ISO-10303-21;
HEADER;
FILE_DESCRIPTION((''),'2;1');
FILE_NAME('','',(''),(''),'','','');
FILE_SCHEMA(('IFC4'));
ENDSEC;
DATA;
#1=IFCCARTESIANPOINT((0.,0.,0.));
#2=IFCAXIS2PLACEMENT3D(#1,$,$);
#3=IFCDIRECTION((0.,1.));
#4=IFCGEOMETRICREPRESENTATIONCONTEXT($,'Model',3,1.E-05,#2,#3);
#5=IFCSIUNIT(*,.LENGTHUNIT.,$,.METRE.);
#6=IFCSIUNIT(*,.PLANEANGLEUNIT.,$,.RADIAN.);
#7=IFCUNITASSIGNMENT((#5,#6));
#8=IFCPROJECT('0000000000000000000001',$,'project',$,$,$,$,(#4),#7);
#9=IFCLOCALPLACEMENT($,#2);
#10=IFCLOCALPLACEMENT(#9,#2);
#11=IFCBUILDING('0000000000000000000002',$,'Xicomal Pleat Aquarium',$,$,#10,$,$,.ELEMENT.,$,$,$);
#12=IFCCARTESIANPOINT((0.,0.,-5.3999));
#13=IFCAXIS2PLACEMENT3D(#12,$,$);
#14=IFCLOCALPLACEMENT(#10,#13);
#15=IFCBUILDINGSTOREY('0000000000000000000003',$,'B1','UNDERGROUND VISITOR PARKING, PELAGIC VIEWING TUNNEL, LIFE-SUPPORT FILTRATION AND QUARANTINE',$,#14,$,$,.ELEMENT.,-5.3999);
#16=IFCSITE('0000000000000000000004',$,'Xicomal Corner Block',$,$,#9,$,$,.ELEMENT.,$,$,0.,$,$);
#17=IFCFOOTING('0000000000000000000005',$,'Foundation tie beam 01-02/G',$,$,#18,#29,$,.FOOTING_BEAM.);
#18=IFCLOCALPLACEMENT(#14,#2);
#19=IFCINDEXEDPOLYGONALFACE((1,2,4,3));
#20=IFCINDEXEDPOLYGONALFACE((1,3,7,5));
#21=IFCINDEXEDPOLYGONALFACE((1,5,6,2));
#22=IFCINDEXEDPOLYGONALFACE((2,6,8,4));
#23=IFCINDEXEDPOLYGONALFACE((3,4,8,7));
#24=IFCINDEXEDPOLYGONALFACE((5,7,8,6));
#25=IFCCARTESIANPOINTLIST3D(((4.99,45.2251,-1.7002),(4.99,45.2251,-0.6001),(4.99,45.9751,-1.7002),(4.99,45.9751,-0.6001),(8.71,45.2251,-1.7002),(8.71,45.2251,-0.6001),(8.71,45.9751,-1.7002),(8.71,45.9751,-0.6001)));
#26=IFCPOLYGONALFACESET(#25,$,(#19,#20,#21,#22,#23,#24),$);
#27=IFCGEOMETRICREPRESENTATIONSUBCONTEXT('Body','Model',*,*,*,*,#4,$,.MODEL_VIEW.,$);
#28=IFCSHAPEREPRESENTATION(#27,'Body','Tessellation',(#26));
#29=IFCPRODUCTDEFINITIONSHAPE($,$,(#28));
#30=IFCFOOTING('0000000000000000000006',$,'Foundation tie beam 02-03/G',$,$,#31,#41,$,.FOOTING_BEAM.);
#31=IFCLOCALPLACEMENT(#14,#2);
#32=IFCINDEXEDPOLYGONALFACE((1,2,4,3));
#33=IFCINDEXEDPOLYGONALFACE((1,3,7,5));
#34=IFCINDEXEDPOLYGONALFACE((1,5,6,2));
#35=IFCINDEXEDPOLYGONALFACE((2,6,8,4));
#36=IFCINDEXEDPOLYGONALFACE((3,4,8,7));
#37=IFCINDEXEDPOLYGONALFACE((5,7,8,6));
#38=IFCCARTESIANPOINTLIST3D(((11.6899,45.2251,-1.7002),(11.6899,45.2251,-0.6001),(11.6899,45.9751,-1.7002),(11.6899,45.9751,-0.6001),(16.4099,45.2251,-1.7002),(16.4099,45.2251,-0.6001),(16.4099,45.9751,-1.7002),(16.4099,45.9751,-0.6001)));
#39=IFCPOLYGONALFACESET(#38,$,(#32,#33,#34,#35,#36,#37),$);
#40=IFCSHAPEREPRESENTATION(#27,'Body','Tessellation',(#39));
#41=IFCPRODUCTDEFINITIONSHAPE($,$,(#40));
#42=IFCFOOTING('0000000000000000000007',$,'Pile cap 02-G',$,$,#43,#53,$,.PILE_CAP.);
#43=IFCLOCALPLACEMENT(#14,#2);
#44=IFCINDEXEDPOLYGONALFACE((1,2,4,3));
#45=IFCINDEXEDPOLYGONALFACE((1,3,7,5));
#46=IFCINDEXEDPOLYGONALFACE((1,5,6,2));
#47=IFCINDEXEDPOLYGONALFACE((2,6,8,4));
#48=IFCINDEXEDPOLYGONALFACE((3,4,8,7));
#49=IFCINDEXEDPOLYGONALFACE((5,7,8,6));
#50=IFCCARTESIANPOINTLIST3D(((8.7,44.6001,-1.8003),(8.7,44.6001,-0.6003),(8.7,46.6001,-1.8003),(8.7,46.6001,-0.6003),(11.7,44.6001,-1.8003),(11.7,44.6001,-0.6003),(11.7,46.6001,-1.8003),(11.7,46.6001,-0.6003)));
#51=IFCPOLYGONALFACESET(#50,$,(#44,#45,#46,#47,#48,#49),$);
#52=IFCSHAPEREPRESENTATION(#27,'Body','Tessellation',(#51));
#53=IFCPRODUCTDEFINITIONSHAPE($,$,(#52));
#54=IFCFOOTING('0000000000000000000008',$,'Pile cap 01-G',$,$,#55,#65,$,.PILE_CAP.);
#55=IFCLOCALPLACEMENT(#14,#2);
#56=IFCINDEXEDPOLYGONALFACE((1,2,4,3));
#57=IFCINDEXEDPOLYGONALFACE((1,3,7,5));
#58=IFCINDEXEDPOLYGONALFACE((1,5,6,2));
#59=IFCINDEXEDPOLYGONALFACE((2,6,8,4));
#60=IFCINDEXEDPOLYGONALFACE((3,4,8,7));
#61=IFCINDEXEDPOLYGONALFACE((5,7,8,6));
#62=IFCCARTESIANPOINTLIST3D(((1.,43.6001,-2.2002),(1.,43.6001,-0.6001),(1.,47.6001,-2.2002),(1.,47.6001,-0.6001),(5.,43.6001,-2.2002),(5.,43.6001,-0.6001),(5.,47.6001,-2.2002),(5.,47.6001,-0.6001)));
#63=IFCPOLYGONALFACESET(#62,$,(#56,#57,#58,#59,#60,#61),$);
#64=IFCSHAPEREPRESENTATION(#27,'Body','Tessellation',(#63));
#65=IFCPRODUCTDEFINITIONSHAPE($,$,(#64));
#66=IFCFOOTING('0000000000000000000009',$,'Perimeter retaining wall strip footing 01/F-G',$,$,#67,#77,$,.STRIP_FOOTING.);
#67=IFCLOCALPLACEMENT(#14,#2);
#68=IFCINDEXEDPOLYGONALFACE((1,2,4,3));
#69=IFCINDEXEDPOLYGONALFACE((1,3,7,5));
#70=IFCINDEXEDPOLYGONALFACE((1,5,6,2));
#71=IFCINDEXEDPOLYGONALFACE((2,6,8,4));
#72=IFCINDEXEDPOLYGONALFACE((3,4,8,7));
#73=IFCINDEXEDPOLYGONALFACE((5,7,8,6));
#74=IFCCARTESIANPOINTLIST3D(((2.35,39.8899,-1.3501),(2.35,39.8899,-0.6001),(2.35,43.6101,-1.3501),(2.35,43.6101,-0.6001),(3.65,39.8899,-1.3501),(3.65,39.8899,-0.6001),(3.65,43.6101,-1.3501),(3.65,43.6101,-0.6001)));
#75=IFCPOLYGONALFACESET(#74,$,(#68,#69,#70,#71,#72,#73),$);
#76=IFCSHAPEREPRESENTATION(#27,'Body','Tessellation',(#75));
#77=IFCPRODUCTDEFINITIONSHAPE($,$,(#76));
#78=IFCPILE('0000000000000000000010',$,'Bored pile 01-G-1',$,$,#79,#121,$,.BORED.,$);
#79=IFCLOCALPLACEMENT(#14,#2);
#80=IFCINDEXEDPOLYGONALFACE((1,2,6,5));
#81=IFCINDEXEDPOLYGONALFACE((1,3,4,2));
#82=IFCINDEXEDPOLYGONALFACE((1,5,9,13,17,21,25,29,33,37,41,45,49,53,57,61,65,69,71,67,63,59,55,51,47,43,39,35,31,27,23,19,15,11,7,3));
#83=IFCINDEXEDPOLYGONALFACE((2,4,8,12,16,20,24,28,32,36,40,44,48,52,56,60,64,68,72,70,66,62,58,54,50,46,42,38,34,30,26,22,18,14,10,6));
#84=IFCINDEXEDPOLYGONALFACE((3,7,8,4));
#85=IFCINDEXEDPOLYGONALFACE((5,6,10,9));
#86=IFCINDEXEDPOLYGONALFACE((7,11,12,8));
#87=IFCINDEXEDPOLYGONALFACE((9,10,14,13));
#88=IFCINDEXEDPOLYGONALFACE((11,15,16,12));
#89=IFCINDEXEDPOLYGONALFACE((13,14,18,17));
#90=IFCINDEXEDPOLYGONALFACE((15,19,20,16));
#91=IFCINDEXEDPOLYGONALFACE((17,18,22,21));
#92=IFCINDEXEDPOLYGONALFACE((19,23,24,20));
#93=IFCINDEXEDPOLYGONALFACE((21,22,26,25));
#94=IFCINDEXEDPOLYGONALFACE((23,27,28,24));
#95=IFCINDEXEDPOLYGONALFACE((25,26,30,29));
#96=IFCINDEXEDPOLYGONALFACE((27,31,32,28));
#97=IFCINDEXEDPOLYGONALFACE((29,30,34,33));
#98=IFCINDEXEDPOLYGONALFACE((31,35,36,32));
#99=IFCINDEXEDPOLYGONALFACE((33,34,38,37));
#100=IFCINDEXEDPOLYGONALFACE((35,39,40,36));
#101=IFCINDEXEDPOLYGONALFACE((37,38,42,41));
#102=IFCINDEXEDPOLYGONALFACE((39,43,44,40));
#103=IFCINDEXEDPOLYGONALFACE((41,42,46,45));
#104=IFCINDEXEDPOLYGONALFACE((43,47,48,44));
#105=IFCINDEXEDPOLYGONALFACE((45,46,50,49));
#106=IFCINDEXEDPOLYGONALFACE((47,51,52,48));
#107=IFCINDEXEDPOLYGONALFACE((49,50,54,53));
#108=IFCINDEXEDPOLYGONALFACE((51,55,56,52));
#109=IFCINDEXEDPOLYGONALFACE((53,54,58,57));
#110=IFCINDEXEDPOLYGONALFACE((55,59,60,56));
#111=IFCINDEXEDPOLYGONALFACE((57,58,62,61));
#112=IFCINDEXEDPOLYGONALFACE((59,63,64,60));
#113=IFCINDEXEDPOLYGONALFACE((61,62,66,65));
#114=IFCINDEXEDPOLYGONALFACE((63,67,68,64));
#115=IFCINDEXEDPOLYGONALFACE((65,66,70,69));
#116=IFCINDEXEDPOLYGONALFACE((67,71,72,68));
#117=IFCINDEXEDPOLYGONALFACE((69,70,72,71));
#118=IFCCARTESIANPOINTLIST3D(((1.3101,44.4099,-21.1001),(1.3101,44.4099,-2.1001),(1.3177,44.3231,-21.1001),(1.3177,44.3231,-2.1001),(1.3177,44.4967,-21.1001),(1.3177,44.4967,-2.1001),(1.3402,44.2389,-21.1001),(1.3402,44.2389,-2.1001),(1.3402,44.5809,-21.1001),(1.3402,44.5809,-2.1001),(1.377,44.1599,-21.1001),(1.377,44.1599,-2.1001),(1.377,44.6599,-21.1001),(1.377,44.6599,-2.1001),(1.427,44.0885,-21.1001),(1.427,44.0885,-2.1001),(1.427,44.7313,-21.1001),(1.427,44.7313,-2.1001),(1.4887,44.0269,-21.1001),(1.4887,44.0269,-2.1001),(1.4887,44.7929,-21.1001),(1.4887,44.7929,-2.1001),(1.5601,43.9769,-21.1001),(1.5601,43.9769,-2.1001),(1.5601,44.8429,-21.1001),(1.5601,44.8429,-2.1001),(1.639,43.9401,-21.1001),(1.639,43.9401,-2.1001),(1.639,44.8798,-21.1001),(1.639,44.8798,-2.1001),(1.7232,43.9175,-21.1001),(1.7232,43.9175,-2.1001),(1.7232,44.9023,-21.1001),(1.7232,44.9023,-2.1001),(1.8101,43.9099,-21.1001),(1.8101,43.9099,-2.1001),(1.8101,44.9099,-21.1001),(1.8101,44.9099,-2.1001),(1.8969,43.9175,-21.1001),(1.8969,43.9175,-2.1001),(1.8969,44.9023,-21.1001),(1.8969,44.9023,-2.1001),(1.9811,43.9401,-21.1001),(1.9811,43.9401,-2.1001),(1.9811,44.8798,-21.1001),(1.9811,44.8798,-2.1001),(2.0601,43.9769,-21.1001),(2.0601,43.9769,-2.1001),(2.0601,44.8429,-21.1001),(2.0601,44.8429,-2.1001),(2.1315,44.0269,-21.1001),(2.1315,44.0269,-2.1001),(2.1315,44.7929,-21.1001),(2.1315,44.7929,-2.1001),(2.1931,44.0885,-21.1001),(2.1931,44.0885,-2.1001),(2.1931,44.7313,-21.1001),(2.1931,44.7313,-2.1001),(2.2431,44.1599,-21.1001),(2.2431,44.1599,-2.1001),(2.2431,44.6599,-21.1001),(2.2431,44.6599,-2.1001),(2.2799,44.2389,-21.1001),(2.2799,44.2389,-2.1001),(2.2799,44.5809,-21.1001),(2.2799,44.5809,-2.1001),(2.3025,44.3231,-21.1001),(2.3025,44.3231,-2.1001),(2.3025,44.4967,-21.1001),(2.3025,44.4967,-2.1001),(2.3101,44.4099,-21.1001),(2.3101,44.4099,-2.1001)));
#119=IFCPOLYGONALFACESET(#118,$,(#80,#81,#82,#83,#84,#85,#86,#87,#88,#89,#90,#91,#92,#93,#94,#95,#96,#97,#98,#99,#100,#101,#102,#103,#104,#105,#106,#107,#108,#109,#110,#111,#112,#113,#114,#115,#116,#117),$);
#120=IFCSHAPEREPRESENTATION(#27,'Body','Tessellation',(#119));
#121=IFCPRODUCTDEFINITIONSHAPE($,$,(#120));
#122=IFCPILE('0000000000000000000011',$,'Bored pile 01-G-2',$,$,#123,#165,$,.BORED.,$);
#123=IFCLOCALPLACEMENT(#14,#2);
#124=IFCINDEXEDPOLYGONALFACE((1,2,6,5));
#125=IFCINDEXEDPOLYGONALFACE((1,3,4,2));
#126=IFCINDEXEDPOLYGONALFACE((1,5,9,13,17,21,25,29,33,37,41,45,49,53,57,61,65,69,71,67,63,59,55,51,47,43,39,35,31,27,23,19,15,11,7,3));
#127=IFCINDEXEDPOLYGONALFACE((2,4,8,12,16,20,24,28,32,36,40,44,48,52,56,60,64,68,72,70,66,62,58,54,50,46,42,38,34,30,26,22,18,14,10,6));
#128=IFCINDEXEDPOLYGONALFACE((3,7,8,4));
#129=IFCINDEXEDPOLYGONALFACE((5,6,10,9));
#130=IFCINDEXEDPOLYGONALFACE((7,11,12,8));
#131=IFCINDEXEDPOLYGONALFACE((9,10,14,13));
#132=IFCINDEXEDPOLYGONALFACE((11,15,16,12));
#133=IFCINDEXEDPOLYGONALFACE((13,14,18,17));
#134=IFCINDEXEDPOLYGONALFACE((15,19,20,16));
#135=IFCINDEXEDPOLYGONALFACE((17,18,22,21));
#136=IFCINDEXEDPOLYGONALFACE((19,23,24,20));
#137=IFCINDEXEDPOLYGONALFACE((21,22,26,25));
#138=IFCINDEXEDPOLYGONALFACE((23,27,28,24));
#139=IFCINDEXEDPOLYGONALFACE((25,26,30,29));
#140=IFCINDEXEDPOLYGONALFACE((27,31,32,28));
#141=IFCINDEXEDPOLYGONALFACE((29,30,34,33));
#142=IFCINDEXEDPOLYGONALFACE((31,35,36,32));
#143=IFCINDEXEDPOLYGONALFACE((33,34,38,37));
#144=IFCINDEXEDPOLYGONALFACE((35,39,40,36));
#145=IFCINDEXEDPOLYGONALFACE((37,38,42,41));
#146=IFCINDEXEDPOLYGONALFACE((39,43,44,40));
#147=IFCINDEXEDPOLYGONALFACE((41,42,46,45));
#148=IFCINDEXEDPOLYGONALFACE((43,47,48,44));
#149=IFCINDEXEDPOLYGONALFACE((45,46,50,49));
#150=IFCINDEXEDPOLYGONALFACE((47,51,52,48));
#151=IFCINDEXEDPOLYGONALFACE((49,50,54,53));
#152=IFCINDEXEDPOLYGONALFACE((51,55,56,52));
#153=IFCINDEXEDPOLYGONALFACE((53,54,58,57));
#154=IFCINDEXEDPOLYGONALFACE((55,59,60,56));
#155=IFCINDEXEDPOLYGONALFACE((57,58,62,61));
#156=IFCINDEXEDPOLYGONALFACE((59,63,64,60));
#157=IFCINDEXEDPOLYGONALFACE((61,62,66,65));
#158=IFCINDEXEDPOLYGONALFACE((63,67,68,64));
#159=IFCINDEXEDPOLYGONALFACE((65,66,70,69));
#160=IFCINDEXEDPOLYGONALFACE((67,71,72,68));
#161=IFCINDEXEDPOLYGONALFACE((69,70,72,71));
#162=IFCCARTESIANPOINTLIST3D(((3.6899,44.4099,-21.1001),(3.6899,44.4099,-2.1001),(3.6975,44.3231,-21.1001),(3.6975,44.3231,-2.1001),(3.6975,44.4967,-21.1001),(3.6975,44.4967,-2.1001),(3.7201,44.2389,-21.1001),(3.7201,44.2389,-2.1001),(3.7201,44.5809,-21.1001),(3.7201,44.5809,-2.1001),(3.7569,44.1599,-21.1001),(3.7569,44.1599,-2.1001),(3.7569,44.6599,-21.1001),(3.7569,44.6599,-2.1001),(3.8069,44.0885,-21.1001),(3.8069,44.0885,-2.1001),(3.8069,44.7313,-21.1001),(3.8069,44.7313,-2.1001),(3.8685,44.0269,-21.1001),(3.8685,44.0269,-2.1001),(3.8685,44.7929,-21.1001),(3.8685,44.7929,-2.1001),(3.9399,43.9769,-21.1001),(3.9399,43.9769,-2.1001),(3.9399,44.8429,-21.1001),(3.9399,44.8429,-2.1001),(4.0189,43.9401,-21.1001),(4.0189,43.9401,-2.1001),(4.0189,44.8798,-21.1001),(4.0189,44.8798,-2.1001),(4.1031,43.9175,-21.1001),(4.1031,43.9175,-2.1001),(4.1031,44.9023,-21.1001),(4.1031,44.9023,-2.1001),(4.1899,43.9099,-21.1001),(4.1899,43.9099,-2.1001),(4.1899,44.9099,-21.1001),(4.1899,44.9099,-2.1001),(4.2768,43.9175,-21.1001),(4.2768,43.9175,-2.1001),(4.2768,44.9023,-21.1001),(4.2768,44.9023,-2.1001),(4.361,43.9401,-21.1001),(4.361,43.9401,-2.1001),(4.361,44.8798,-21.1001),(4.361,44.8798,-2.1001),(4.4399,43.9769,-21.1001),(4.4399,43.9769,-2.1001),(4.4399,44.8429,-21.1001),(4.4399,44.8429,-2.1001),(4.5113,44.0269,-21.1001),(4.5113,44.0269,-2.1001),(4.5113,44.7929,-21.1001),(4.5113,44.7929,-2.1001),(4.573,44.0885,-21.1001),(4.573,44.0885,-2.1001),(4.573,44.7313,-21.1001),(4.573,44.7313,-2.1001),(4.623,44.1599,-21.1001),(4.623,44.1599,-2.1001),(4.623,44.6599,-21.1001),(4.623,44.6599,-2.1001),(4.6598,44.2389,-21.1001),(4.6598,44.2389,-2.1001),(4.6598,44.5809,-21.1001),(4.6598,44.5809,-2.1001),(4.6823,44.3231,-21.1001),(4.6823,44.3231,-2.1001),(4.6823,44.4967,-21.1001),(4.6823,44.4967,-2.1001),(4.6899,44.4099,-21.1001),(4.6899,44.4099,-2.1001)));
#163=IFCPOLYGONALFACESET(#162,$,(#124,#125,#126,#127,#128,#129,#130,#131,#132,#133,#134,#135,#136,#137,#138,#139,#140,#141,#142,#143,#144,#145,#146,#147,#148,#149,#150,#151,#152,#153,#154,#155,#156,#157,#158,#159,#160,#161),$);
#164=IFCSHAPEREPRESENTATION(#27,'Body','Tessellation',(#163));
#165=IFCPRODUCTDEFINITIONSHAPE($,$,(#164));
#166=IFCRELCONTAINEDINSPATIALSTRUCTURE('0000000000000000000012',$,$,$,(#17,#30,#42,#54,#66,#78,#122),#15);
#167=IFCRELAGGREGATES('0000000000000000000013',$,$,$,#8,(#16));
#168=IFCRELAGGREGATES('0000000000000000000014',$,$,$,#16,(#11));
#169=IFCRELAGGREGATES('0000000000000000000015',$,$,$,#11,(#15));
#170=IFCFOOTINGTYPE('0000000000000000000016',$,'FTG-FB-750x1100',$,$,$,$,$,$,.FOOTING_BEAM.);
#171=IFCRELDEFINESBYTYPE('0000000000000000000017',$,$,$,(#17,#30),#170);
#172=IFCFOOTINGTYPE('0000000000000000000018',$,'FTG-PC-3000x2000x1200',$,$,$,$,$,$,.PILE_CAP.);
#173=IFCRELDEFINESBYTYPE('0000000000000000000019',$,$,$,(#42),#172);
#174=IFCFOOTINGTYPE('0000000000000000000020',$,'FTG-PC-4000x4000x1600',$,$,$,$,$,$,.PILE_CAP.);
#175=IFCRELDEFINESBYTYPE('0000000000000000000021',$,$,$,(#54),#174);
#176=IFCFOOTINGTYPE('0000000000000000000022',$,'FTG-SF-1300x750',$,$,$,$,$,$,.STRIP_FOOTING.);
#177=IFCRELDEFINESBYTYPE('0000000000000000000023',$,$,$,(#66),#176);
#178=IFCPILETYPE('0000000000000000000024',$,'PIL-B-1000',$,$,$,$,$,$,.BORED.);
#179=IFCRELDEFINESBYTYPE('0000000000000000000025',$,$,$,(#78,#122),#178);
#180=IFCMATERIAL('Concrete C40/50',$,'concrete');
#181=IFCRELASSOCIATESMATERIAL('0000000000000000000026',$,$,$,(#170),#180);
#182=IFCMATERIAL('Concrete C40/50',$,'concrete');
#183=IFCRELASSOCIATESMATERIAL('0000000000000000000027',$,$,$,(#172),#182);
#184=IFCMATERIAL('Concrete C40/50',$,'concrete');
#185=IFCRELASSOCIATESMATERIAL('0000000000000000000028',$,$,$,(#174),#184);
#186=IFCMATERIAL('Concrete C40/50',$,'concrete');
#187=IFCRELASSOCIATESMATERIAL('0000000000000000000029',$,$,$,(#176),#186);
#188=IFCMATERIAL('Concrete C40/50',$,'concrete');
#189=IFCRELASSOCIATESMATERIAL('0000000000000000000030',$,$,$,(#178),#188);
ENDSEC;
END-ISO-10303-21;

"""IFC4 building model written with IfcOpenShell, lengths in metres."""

from ifc_helpers import new_model, si_unit, direction, frame, origin, origin_2d, place, context, subcontext, project, spatial, rectangle, circle, extrude, material, material_profile, profile_set, type_object, element, save


model = new_model("IFC4")

# Units and contexts
model_context = context("Model", 3, precision=1e-05, world=origin(), true_north=direction((0.0, 1.0)))
body_context = subcontext(model_context, "Body", "Model", "MODEL_VIEW")
ifc_project = project(units=[si_unit("LENGTHUNIT", "METRE"), si_unit("PLANEANGLEUNIT", "RADIAN")], contexts=[model_context])

# Site, building, storey
site_placement = place(None, origin())
site = spatial("IfcSite", under=ifc_project, at=site_placement, Name="Xicomal Corner Block", CompositionType="ELEMENT", RefElevation=0.0)
building_placement = place(site_placement, origin())
building = spatial("IfcBuilding", under=site, at=building_placement, Name="Xicomal Pleat Aquarium", CompositionType="ELEMENT")
storey_placement = place(building_placement, frame((0.0, 0.0, -5.3999)))
storey = spatial("IfcBuildingStorey", under=building, at=storey_placement, Name="B1", Description="UNDERGROUND VISITOR PARKING, PELAGIC VIEWING TUNNEL, LIFE-SUPPORT FILTRATION AND QUARANTINE", CompositionType="ELEMENT", Elevation=-5.3999)

# Footings
ifc_material_1 = material(Name="Concrete C40/50", Category="concrete")
ifc_material_profile_1 = material_profile(ifc_material_1, rectangle(XDim=0.75, YDim=1.1001, at=origin_2d()), Name="FB-04 750x1100")
ifc_profile_set_1 = profile_set([ifc_material_profile_1], Name="Concrete C40/50")
footing_type_1 = type_object("IfcFootingType", Name="FTG-FB-750x1100", PredefinedType="FOOTING_BEAM", material=ifc_profile_set_1)
footing_1_placement = place(storey_placement, frame((4.99, 45.6001, -1.1501), z_axis=(1.0, 0.0, 0.0), x_axis=(0.0, 1.0, 0.0)))
element("IfcFooting", 1, at=footing_1_placement, inside=storey, type_object=footing_type_1, Name="Foundation tie beam 01-02/G", PredefinedType="FOOTING_BEAM", context=body_context, shape_type="SweptSolid", body=[
    extrude(rectangle(XDim=0.75, YDim=1.1001, at=origin_2d()), origin(), (0.0, 0.0, 1.0), 3.72),
])
footing_2_placement = place(storey_placement, frame((11.6899, 45.6001, -1.1501), z_axis=(1.0, 0.0, 0.0), x_axis=(0.0, 1.0, 0.0)))
element("IfcFooting", 2, at=footing_2_placement, inside=storey, type_object=footing_type_1, Name="Foundation tie beam 02-03/G", PredefinedType="FOOTING_BEAM", context=body_context, shape_type="SweptSolid", body=[
    extrude(rectangle(XDim=0.75, YDim=1.1001, at=origin_2d()), origin(), (0.0, 0.0, 1.0), 4.72),
])
ifc_material_2 = material(Name="Concrete C40/50", Category="concrete")
footing_type_2 = type_object("IfcFootingType", Name="FTG-PC-3000x2000x1200", PredefinedType="PILE_CAP", material=ifc_material_2)
footing_3_placement = place(storey_placement, frame((10.2, 45.6001, -1.8003), z_axis=(0.0, 0.0, 1.0), x_axis=(1.0, 0.0, 0.0)))
element("IfcFooting", 3, at=footing_3_placement, inside=storey, type_object=footing_type_2, Name="Pile cap 02-G", PredefinedType="PILE_CAP", context=body_context, shape_type="SweptSolid", body=[
    extrude(rectangle(XDim=3.0, YDim=2.0, at=origin_2d()), origin(), (0.0, 0.0, 1.0), 1.2),
])
ifc_material_3 = material(Name="Concrete C40/50", Category="concrete")
footing_type_3 = type_object("IfcFootingType", Name="FTG-PC-4000x4000x1600", PredefinedType="PILE_CAP", material=ifc_material_3)
footing_4_placement = place(storey_placement, frame((3.0, 45.6001, -2.2002), z_axis=(0.0, 0.0, 1.0), x_axis=(1.0, 0.0, 0.0)))
element("IfcFooting", 4, at=footing_4_placement, inside=storey, type_object=footing_type_3, Name="Pile cap 01-G", PredefinedType="PILE_CAP", context=body_context, shape_type="SweptSolid", body=[
    extrude(rectangle(XDim=4.0, YDim=4.0, at=origin_2d()), origin(), (0.0, 0.0, 1.0), 1.6001),
])
ifc_material_4 = material(Name="Concrete C40/50", Category="concrete")
ifc_material_profile_2 = material_profile(ifc_material_4, rectangle(XDim=1.3, YDim=0.75, at=origin_2d()), Name="SF-03 1300x750")
ifc_profile_set_2 = profile_set([ifc_material_profile_2], Name="Concrete C40/50")
footing_type_4 = type_object("IfcFootingType", Name="FTG-SF-1300x750", PredefinedType="STRIP_FOOTING", material=ifc_profile_set_2)
footing_5_placement = place(storey_placement, frame((3.0, 39.8899, -0.9751), z_axis=(0.0, 1.0, 0.0), x_axis=(-1.0, 0.0, 0.0)))
element("IfcFooting", 5, at=footing_5_placement, inside=storey, type_object=footing_type_4, Name="Perimeter retaining wall strip footing 01/F-G", PredefinedType="STRIP_FOOTING", context=body_context, shape_type="SweptSolid", body=[
    extrude(rectangle(XDim=1.3, YDim=0.75, at=origin_2d()), origin(), (0.0, 0.0, 1.0), 3.7202),
])

# Piles
ifc_material_5 = material(Name="Concrete C40/50", Category="concrete")
ifc_material_profile_3 = material_profile(ifc_material_5, circle(Radius=0.5, at=origin_2d()), Name="BORED PILE D1000")
ifc_profile_set_3 = profile_set([ifc_material_profile_3], Name="Concrete C40/50")
pile_type_1 = type_object("IfcPileType", Name="PIL-B-1000", PredefinedType="BORED", material=ifc_profile_set_3)
for number, where, z_axis, x_axis, name in (
    (6, (1.8101, 44.4099, -2.1001), (0.0, 0.0, -1.0), (1.0, 0.0, 0.0), "Bored pile 01-G-1"),
    (7, (4.1899, 44.4099, -2.1001), (0.0, 0.0, -1.0), (1.0, 0.0, 0.0), "Bored pile 01-G-2"),
):
    element("IfcPile", number, at=place(storey_placement, frame(where, z_axis=z_axis, x_axis=x_axis)), inside=storey, type_object=pile_type_1, Name=name, PredefinedType="BORED", context=body_context, shape_type="SweptSolid", body=[
        extrude(circle(Radius=0.5, at=origin_2d()), origin(), (0.0, 0.0, 1.0), 19.0),
    ])

save(model, "model.ifc")
